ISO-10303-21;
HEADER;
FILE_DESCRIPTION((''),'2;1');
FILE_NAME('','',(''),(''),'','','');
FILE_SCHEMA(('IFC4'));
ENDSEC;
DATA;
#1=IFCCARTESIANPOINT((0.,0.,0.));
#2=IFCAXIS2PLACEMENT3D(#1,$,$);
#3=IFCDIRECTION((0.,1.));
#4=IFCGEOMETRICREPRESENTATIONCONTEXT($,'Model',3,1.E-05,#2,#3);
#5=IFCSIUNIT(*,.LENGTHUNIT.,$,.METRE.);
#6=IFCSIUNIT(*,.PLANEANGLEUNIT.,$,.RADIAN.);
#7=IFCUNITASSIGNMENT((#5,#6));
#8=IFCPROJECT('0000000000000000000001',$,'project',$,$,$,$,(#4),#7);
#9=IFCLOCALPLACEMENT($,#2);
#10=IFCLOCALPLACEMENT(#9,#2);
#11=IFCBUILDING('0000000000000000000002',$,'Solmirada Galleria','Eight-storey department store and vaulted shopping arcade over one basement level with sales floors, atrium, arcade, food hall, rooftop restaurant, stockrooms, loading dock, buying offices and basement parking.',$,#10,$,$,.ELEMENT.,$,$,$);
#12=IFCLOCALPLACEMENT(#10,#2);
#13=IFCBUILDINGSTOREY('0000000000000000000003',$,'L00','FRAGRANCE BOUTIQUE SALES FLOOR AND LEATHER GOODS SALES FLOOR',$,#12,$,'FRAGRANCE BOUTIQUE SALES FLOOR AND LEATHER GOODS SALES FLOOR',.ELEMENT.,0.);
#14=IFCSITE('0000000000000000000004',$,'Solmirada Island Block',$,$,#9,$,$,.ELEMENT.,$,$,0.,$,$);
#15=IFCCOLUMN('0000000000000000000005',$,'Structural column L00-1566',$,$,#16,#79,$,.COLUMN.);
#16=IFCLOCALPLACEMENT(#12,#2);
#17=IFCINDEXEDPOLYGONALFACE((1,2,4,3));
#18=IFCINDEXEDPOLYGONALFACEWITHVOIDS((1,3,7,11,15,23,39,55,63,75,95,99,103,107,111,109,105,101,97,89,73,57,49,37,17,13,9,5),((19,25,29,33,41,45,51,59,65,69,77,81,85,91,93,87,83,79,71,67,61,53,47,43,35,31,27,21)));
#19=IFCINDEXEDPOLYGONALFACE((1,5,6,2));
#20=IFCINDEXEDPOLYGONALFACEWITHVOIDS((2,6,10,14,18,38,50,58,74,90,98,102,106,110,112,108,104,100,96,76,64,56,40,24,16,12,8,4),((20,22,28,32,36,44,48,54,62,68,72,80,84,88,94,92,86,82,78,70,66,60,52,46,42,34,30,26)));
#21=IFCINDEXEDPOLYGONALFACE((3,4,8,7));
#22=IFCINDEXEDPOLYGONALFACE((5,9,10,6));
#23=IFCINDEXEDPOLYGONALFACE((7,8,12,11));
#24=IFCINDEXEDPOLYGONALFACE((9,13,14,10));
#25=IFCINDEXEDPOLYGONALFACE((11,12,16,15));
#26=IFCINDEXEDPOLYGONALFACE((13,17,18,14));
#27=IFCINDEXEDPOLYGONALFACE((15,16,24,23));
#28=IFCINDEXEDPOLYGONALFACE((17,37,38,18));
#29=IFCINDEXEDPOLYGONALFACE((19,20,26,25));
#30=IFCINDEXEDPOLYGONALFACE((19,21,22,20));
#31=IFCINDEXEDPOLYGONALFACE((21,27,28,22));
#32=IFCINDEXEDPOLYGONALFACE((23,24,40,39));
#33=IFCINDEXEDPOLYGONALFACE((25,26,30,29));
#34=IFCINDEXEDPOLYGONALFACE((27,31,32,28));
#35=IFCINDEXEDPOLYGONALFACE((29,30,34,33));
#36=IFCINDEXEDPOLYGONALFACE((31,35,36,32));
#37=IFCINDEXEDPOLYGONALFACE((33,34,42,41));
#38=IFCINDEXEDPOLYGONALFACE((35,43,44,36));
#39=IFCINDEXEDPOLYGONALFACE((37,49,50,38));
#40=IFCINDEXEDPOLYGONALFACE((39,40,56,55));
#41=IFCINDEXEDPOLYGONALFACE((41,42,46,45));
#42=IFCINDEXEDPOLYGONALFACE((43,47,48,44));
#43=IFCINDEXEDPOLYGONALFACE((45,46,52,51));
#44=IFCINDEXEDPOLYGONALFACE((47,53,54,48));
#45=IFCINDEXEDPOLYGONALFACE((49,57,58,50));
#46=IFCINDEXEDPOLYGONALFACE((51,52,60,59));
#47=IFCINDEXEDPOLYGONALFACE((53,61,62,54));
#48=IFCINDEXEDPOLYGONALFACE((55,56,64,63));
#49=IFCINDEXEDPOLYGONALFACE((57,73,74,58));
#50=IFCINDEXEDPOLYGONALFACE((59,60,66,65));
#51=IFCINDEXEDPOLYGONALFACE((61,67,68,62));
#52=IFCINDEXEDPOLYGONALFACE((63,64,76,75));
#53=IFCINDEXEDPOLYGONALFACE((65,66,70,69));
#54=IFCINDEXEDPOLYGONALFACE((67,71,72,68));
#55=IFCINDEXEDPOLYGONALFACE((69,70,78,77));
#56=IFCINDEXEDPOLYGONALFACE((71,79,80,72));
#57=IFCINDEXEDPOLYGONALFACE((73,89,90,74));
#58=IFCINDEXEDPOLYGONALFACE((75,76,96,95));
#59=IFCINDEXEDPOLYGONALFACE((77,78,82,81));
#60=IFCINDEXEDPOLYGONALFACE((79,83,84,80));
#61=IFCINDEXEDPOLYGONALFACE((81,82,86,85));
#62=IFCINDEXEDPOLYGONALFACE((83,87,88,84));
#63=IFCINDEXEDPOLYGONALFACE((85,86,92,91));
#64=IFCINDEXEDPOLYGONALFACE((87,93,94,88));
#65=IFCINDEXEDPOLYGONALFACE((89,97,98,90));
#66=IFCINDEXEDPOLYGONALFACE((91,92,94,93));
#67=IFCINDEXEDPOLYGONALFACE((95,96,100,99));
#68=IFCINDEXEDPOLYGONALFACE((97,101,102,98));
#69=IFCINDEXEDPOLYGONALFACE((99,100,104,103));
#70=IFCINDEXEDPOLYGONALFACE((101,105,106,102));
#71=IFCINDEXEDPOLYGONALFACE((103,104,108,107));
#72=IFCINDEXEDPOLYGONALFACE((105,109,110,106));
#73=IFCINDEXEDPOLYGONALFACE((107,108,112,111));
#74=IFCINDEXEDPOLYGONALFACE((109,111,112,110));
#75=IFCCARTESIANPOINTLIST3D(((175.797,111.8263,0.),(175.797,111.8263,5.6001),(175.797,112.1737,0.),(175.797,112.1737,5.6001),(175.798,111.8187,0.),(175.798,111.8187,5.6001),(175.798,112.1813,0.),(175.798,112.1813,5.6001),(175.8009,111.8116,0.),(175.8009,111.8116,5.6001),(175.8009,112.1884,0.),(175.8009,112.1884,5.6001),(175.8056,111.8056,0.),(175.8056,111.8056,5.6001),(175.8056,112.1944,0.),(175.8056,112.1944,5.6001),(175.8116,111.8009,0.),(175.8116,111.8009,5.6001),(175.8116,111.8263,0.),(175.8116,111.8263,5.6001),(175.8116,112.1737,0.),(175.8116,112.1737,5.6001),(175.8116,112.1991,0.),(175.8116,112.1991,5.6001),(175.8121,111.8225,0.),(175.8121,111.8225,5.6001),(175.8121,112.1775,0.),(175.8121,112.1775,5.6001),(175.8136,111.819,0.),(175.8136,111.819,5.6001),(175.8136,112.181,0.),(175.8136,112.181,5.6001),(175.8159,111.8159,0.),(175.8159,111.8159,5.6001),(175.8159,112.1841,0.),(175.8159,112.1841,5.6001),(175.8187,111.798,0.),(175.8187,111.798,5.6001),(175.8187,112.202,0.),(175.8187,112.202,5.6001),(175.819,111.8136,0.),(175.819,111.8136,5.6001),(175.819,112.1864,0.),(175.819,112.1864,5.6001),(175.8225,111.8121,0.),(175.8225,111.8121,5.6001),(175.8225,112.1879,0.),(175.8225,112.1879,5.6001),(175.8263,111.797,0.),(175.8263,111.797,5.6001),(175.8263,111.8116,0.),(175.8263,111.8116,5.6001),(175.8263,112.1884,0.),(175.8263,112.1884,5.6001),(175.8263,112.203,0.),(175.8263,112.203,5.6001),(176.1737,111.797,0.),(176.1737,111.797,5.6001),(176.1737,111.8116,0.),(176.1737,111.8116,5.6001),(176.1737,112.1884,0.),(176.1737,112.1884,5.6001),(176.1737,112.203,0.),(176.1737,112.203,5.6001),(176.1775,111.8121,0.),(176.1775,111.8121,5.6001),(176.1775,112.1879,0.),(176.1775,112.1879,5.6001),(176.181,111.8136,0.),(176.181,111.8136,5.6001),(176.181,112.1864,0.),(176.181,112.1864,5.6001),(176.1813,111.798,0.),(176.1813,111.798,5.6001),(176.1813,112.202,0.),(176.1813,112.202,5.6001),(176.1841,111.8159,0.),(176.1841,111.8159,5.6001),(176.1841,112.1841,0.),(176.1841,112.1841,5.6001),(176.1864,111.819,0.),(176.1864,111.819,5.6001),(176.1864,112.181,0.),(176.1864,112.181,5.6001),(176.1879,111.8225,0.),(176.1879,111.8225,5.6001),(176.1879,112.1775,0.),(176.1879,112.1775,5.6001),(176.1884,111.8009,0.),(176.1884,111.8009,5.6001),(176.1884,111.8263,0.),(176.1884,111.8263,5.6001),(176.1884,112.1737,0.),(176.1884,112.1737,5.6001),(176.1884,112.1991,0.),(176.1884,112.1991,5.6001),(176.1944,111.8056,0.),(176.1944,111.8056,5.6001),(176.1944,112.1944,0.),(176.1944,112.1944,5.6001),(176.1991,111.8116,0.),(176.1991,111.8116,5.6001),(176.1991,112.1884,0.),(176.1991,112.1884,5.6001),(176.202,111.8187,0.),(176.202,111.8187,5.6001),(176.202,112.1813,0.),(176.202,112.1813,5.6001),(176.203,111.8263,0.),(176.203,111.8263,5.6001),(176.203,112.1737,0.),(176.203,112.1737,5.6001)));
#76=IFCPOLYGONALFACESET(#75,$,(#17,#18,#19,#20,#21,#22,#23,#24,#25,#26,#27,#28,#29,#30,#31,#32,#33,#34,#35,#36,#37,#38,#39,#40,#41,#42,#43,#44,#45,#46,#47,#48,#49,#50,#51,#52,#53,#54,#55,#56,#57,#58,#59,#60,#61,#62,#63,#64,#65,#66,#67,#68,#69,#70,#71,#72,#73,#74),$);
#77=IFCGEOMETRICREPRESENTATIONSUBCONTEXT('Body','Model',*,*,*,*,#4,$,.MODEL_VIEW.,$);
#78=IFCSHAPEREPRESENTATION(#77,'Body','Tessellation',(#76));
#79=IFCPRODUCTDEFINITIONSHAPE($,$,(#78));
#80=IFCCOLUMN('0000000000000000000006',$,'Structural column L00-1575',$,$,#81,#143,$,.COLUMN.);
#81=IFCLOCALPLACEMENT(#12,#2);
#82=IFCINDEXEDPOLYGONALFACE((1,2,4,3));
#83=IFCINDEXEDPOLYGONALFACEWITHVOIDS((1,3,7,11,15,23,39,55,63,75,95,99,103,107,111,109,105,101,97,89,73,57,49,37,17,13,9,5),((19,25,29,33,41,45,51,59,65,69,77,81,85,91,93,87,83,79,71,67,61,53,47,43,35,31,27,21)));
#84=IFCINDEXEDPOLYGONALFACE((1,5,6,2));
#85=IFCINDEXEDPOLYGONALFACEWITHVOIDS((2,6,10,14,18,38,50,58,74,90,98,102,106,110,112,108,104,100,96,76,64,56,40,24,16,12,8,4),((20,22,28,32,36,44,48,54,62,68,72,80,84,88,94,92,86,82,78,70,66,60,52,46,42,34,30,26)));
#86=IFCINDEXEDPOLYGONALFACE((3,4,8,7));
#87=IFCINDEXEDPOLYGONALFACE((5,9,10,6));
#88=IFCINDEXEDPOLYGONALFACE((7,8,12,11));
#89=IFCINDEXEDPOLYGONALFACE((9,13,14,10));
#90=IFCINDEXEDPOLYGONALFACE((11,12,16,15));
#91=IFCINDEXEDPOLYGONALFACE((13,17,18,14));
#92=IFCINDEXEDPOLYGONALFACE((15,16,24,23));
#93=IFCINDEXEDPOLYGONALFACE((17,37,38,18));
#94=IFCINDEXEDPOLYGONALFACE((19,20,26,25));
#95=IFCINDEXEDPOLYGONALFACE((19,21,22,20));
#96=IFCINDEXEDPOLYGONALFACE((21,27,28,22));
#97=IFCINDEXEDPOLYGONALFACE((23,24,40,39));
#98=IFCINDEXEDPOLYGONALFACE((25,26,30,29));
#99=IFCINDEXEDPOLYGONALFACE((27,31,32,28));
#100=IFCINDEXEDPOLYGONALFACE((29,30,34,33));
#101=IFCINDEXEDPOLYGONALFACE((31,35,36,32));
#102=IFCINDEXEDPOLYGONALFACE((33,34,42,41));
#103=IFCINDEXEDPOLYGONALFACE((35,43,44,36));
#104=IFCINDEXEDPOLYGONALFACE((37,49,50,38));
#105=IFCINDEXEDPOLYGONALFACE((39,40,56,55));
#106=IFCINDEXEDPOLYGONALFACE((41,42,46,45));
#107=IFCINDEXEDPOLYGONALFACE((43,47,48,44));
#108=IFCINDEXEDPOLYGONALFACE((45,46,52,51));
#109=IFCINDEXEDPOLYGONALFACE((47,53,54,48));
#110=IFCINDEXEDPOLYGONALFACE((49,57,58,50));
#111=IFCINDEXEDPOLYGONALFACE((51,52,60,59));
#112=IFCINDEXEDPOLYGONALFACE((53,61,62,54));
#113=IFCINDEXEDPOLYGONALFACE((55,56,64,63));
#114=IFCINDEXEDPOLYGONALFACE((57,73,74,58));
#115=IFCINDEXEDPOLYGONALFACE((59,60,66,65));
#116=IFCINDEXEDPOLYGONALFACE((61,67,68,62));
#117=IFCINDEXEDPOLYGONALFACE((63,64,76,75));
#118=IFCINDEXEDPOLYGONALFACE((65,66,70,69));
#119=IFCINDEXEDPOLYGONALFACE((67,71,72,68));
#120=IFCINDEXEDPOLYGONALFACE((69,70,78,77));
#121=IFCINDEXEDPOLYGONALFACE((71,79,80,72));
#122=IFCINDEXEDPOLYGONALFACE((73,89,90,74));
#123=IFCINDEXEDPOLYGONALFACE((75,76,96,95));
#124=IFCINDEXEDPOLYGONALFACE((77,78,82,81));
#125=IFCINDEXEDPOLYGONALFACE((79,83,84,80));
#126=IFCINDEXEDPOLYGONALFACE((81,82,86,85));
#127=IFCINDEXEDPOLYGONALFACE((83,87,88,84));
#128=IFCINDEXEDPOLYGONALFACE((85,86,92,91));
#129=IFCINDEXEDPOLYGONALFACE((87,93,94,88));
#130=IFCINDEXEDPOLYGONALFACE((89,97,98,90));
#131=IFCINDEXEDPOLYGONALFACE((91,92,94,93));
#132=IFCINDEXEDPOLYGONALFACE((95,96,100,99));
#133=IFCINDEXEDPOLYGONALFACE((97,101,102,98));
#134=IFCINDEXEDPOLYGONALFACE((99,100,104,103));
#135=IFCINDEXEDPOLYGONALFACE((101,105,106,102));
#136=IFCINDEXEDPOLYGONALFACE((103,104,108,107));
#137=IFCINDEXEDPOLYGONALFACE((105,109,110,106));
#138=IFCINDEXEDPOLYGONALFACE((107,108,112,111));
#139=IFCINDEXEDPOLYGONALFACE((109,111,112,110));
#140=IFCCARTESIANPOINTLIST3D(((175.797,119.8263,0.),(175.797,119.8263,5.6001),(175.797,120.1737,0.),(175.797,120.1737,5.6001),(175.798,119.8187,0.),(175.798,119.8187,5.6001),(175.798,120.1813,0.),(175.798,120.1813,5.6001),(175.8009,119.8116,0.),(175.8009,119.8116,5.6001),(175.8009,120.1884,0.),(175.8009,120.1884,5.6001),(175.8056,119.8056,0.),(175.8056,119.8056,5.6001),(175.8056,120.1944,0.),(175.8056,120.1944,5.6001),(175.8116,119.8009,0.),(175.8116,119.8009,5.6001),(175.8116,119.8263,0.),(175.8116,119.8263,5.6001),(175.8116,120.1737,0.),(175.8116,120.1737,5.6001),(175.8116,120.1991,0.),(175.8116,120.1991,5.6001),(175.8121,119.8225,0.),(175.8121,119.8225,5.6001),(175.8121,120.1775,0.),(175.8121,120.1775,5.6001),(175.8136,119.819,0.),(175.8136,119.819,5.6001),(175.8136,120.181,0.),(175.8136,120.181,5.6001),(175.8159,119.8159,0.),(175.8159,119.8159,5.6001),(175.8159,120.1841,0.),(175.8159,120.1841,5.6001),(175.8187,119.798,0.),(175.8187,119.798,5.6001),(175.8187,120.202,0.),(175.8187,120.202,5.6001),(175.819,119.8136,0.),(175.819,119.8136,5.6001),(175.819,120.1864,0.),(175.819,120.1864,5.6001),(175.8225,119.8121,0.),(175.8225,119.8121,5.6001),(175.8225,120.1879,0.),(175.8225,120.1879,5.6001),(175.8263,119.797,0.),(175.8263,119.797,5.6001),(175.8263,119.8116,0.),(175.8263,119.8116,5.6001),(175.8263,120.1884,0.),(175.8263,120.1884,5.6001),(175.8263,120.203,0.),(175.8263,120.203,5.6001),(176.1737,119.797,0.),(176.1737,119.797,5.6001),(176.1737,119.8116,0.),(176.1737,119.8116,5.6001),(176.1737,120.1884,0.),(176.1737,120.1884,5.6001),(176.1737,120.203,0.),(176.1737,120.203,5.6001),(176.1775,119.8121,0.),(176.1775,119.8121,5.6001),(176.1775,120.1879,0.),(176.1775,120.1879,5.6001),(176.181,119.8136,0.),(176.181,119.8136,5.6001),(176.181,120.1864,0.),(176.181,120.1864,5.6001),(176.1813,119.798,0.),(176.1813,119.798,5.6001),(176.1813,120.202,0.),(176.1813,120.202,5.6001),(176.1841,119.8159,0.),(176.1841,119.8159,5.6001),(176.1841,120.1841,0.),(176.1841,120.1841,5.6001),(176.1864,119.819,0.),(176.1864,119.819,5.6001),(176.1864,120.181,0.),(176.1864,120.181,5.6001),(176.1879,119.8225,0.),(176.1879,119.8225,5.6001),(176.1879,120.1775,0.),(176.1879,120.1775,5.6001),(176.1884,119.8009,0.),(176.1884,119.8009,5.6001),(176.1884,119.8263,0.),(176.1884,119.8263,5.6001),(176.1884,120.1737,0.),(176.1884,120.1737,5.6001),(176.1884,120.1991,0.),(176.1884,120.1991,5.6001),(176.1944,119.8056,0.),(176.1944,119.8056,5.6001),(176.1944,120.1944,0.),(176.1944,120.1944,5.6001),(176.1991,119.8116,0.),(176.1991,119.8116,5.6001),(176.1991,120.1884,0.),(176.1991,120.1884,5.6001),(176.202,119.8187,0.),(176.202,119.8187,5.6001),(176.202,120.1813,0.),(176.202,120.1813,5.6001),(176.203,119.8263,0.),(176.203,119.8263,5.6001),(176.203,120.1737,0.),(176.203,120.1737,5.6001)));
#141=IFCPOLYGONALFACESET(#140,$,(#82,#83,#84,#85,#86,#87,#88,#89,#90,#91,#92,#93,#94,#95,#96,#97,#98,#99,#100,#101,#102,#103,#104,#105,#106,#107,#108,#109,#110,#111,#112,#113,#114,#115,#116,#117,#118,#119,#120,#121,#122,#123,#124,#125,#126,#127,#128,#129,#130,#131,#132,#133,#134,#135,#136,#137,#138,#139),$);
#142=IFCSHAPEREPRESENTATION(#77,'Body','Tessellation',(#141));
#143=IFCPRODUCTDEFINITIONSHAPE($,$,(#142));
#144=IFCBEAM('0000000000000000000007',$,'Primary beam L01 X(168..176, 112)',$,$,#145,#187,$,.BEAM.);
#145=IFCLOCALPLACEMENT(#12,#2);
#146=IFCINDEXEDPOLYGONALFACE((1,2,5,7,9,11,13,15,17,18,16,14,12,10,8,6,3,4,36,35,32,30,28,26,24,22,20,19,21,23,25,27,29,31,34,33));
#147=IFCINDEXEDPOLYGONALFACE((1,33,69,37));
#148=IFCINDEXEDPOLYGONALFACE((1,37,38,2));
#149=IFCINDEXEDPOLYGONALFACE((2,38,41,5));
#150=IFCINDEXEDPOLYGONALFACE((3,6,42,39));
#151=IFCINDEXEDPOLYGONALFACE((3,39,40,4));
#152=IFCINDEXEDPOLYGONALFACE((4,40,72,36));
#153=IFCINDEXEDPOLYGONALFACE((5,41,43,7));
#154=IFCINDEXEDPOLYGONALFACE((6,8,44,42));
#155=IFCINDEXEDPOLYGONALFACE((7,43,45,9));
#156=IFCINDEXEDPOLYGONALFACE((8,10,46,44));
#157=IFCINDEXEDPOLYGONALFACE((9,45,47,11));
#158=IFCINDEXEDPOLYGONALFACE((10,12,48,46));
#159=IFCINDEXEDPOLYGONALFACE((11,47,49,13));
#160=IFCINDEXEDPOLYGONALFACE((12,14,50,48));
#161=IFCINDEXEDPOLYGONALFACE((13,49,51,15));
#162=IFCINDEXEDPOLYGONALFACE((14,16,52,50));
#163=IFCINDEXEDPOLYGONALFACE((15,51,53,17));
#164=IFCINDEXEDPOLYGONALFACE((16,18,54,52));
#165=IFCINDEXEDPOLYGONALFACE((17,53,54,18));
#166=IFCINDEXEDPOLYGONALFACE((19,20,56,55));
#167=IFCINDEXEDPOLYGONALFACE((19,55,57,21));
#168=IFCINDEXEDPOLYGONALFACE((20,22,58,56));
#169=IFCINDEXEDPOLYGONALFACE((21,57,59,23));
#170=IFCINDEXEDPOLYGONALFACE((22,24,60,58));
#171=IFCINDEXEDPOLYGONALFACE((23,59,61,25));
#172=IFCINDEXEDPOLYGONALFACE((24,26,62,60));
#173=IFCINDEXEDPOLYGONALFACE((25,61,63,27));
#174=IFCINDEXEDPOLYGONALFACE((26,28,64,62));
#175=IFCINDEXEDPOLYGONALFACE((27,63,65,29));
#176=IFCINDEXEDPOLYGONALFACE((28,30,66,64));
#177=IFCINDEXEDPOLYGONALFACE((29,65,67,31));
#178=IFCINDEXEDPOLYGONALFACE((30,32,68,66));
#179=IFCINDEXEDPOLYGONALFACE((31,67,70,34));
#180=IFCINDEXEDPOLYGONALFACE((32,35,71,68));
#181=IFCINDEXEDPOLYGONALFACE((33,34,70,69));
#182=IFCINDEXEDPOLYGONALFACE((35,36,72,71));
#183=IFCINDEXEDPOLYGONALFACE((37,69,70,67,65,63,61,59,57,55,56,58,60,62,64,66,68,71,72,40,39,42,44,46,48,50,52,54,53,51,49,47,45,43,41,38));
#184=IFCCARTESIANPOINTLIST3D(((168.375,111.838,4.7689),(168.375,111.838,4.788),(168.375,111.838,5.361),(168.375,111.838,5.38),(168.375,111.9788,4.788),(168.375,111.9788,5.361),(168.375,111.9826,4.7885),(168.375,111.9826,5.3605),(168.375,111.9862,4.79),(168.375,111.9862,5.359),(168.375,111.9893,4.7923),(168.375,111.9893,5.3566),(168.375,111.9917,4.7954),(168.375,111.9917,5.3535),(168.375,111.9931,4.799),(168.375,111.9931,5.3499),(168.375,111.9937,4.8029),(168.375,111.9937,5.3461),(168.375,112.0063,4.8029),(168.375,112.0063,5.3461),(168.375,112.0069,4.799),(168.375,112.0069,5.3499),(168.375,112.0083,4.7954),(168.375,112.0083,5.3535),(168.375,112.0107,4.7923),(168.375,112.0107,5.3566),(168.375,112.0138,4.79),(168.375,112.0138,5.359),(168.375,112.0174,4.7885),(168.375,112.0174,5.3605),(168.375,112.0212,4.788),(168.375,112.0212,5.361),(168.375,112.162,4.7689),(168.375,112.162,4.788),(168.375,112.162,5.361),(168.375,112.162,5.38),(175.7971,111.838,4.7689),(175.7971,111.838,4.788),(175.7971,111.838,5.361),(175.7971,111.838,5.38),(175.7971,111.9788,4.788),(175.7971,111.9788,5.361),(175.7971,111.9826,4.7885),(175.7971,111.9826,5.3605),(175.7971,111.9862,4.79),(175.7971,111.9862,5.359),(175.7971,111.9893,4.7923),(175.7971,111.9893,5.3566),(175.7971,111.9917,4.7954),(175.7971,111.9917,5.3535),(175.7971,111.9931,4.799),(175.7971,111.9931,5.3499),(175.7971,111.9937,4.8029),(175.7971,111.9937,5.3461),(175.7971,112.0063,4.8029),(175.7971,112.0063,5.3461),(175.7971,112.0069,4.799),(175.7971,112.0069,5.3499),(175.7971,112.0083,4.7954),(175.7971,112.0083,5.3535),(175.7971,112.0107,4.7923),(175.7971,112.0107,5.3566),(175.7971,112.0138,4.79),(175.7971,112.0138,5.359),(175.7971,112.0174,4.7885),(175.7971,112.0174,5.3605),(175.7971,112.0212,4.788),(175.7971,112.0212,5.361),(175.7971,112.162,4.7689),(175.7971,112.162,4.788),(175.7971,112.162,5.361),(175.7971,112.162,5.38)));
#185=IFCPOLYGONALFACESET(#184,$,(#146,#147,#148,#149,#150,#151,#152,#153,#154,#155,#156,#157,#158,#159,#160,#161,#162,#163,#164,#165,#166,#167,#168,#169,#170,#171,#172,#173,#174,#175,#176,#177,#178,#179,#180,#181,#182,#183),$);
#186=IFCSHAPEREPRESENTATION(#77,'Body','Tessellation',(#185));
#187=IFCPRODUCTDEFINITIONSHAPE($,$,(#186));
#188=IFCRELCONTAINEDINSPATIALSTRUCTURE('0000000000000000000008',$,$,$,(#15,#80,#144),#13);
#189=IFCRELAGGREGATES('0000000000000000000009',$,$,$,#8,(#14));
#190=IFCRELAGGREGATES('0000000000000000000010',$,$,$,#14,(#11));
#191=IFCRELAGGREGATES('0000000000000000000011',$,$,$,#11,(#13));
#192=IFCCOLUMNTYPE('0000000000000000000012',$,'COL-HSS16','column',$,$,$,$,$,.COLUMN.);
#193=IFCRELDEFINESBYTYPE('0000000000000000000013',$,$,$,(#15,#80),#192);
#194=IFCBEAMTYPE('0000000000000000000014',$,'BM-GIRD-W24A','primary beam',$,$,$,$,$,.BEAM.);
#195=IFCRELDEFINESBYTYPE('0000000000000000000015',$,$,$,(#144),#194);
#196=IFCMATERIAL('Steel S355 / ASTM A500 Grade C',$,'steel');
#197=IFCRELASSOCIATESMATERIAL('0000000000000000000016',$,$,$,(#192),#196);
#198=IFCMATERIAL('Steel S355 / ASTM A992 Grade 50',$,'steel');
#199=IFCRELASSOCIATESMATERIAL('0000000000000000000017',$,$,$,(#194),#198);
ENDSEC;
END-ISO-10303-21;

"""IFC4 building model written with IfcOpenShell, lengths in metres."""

from ifc_helpers import new_model, si_unit, direction, frame, origin, origin_2d, place, context, subcontext, project, spatial, hollow_rectangle, i_section, extrude, material, material_profile, profile_set, type_object, element, save


model = new_model("IFC4")

# Units and contexts
model_context = context("Model", 3, precision=1e-05, world=origin(), true_north=direction((0.0, 1.0)))
body_context = subcontext(model_context, "Body", "Model", "MODEL_VIEW")
ifc_project = project(units=[si_unit("LENGTHUNIT", "METRE"), si_unit("PLANEANGLEUNIT", "RADIAN")], contexts=[model_context])

# Site, building, storey
site_placement = place(None, origin())
site = spatial("IfcSite", under=ifc_project, at=site_placement, Name="Solmirada Island Block", CompositionType="ELEMENT", RefElevation=0.0)
building_placement = place(site_placement, origin())
building = spatial("IfcBuilding", under=site, at=building_placement, Name="Solmirada Galleria", Description="Eight-storey department store and vaulted shopping arcade over one basement level with sales floors, atrium, arcade, food hall, rooftop restaurant, stockrooms, loading dock, buying offices and basement parking.", CompositionType="ELEMENT")
storey_placement = place(building_placement, origin())
storey = spatial("IfcBuildingStorey", under=building, at=storey_placement, Name="L00", Description="FRAGRANCE BOUTIQUE SALES FLOOR AND LEATHER GOODS SALES FLOOR", LongName="FRAGRANCE BOUTIQUE SALES FLOOR AND LEATHER GOODS SALES FLOOR", CompositionType="ELEMENT", Elevation=0.0)

# Columns
ifc_material_1 = material(Name="Steel S355 / ASTM A500 Grade C", Category="steel")
ifc_material_profile_1 = material_profile(ifc_material_1, hollow_rectangle(XDim=0.406, YDim=0.406, WallThickness=0.0146, InnerFilletRadius=0.0146, OuterFilletRadius=0.0293, at=origin_2d()), Name="HSS16X16X5/8")
ifc_profile_set_1 = profile_set([ifc_material_profile_1], Name="Steel S355 / ASTM A500 Grade C")
column_type = type_object("IfcColumnType", Name="COL-HSS16", Description="column", PredefinedType="COLUMN", material=ifc_profile_set_1)
for number, where, z_axis, x_axis, name in (
    (1, (176.0, 112.0, 0.0), (0.0, 0.0, 1.0), (1.0, 0.0, 0.0), "Structural column L00-1566"),
    (2, (176.0, 120.0, 0.0), (0.0, 0.0, 1.0), (1.0, 0.0, 0.0), "Structural column L00-1575"),
):
    element("IfcColumn", number, at=place(storey_placement, frame(where, z_axis=z_axis, x_axis=x_axis)), inside=storey, type_object=column_type, Name=name, PredefinedType="COLUMN", context=body_context, shape_type="SweptSolid", body=[
        extrude(hollow_rectangle(XDim=0.406, YDim=0.406, WallThickness=0.0146, InnerFilletRadius=0.0146, OuterFilletRadius=0.0293, at=origin_2d()), origin(), (0.0, 0.0, 1.0), 5.6001),
    ])

# Beam
ifc_material_2 = material(Name="Steel S355 / ASTM A992 Grade 50", Category="steel")
ifc_material_profile_2 = material_profile(ifc_material_2, i_section(OverallWidth=0.324, OverallDepth=0.6111, WebThickness=0.0127, FlangeThickness=0.019, FilletRadius=0.0149, at=origin_2d()), Name="W24X104")
ifc_profile_set_2 = profile_set([ifc_material_profile_2], Name="Steel S355 / ASTM A992 Grade 50")
beam_type_1 = type_object("IfcBeamType", Name="BM-GIRD-W24A", Description="primary beam", PredefinedType="BEAM", material=ifc_profile_set_2)
beam_placement = place(storey_placement, frame((168.375, 112.0, 5.0745), z_axis=(1.0, 0.0, 0.0), x_axis=(0.0, 1.0, 0.0)))
element("IfcBeam", 3, at=beam_placement, inside=storey, type_object=beam_type_1, Name="Primary beam L01 X(168..176, 112)", PredefinedType="BEAM", context=body_context, shape_type="SweptSolid", body=[
    extrude(i_section(OverallWidth=0.324, OverallDepth=0.6111, WebThickness=0.0127, FlangeThickness=0.019, FilletRadius=0.0149, at=origin_2d()), origin(), (0.0, 0.0, 1.0), 7.4221),
])

save(model, "model.ifc")
